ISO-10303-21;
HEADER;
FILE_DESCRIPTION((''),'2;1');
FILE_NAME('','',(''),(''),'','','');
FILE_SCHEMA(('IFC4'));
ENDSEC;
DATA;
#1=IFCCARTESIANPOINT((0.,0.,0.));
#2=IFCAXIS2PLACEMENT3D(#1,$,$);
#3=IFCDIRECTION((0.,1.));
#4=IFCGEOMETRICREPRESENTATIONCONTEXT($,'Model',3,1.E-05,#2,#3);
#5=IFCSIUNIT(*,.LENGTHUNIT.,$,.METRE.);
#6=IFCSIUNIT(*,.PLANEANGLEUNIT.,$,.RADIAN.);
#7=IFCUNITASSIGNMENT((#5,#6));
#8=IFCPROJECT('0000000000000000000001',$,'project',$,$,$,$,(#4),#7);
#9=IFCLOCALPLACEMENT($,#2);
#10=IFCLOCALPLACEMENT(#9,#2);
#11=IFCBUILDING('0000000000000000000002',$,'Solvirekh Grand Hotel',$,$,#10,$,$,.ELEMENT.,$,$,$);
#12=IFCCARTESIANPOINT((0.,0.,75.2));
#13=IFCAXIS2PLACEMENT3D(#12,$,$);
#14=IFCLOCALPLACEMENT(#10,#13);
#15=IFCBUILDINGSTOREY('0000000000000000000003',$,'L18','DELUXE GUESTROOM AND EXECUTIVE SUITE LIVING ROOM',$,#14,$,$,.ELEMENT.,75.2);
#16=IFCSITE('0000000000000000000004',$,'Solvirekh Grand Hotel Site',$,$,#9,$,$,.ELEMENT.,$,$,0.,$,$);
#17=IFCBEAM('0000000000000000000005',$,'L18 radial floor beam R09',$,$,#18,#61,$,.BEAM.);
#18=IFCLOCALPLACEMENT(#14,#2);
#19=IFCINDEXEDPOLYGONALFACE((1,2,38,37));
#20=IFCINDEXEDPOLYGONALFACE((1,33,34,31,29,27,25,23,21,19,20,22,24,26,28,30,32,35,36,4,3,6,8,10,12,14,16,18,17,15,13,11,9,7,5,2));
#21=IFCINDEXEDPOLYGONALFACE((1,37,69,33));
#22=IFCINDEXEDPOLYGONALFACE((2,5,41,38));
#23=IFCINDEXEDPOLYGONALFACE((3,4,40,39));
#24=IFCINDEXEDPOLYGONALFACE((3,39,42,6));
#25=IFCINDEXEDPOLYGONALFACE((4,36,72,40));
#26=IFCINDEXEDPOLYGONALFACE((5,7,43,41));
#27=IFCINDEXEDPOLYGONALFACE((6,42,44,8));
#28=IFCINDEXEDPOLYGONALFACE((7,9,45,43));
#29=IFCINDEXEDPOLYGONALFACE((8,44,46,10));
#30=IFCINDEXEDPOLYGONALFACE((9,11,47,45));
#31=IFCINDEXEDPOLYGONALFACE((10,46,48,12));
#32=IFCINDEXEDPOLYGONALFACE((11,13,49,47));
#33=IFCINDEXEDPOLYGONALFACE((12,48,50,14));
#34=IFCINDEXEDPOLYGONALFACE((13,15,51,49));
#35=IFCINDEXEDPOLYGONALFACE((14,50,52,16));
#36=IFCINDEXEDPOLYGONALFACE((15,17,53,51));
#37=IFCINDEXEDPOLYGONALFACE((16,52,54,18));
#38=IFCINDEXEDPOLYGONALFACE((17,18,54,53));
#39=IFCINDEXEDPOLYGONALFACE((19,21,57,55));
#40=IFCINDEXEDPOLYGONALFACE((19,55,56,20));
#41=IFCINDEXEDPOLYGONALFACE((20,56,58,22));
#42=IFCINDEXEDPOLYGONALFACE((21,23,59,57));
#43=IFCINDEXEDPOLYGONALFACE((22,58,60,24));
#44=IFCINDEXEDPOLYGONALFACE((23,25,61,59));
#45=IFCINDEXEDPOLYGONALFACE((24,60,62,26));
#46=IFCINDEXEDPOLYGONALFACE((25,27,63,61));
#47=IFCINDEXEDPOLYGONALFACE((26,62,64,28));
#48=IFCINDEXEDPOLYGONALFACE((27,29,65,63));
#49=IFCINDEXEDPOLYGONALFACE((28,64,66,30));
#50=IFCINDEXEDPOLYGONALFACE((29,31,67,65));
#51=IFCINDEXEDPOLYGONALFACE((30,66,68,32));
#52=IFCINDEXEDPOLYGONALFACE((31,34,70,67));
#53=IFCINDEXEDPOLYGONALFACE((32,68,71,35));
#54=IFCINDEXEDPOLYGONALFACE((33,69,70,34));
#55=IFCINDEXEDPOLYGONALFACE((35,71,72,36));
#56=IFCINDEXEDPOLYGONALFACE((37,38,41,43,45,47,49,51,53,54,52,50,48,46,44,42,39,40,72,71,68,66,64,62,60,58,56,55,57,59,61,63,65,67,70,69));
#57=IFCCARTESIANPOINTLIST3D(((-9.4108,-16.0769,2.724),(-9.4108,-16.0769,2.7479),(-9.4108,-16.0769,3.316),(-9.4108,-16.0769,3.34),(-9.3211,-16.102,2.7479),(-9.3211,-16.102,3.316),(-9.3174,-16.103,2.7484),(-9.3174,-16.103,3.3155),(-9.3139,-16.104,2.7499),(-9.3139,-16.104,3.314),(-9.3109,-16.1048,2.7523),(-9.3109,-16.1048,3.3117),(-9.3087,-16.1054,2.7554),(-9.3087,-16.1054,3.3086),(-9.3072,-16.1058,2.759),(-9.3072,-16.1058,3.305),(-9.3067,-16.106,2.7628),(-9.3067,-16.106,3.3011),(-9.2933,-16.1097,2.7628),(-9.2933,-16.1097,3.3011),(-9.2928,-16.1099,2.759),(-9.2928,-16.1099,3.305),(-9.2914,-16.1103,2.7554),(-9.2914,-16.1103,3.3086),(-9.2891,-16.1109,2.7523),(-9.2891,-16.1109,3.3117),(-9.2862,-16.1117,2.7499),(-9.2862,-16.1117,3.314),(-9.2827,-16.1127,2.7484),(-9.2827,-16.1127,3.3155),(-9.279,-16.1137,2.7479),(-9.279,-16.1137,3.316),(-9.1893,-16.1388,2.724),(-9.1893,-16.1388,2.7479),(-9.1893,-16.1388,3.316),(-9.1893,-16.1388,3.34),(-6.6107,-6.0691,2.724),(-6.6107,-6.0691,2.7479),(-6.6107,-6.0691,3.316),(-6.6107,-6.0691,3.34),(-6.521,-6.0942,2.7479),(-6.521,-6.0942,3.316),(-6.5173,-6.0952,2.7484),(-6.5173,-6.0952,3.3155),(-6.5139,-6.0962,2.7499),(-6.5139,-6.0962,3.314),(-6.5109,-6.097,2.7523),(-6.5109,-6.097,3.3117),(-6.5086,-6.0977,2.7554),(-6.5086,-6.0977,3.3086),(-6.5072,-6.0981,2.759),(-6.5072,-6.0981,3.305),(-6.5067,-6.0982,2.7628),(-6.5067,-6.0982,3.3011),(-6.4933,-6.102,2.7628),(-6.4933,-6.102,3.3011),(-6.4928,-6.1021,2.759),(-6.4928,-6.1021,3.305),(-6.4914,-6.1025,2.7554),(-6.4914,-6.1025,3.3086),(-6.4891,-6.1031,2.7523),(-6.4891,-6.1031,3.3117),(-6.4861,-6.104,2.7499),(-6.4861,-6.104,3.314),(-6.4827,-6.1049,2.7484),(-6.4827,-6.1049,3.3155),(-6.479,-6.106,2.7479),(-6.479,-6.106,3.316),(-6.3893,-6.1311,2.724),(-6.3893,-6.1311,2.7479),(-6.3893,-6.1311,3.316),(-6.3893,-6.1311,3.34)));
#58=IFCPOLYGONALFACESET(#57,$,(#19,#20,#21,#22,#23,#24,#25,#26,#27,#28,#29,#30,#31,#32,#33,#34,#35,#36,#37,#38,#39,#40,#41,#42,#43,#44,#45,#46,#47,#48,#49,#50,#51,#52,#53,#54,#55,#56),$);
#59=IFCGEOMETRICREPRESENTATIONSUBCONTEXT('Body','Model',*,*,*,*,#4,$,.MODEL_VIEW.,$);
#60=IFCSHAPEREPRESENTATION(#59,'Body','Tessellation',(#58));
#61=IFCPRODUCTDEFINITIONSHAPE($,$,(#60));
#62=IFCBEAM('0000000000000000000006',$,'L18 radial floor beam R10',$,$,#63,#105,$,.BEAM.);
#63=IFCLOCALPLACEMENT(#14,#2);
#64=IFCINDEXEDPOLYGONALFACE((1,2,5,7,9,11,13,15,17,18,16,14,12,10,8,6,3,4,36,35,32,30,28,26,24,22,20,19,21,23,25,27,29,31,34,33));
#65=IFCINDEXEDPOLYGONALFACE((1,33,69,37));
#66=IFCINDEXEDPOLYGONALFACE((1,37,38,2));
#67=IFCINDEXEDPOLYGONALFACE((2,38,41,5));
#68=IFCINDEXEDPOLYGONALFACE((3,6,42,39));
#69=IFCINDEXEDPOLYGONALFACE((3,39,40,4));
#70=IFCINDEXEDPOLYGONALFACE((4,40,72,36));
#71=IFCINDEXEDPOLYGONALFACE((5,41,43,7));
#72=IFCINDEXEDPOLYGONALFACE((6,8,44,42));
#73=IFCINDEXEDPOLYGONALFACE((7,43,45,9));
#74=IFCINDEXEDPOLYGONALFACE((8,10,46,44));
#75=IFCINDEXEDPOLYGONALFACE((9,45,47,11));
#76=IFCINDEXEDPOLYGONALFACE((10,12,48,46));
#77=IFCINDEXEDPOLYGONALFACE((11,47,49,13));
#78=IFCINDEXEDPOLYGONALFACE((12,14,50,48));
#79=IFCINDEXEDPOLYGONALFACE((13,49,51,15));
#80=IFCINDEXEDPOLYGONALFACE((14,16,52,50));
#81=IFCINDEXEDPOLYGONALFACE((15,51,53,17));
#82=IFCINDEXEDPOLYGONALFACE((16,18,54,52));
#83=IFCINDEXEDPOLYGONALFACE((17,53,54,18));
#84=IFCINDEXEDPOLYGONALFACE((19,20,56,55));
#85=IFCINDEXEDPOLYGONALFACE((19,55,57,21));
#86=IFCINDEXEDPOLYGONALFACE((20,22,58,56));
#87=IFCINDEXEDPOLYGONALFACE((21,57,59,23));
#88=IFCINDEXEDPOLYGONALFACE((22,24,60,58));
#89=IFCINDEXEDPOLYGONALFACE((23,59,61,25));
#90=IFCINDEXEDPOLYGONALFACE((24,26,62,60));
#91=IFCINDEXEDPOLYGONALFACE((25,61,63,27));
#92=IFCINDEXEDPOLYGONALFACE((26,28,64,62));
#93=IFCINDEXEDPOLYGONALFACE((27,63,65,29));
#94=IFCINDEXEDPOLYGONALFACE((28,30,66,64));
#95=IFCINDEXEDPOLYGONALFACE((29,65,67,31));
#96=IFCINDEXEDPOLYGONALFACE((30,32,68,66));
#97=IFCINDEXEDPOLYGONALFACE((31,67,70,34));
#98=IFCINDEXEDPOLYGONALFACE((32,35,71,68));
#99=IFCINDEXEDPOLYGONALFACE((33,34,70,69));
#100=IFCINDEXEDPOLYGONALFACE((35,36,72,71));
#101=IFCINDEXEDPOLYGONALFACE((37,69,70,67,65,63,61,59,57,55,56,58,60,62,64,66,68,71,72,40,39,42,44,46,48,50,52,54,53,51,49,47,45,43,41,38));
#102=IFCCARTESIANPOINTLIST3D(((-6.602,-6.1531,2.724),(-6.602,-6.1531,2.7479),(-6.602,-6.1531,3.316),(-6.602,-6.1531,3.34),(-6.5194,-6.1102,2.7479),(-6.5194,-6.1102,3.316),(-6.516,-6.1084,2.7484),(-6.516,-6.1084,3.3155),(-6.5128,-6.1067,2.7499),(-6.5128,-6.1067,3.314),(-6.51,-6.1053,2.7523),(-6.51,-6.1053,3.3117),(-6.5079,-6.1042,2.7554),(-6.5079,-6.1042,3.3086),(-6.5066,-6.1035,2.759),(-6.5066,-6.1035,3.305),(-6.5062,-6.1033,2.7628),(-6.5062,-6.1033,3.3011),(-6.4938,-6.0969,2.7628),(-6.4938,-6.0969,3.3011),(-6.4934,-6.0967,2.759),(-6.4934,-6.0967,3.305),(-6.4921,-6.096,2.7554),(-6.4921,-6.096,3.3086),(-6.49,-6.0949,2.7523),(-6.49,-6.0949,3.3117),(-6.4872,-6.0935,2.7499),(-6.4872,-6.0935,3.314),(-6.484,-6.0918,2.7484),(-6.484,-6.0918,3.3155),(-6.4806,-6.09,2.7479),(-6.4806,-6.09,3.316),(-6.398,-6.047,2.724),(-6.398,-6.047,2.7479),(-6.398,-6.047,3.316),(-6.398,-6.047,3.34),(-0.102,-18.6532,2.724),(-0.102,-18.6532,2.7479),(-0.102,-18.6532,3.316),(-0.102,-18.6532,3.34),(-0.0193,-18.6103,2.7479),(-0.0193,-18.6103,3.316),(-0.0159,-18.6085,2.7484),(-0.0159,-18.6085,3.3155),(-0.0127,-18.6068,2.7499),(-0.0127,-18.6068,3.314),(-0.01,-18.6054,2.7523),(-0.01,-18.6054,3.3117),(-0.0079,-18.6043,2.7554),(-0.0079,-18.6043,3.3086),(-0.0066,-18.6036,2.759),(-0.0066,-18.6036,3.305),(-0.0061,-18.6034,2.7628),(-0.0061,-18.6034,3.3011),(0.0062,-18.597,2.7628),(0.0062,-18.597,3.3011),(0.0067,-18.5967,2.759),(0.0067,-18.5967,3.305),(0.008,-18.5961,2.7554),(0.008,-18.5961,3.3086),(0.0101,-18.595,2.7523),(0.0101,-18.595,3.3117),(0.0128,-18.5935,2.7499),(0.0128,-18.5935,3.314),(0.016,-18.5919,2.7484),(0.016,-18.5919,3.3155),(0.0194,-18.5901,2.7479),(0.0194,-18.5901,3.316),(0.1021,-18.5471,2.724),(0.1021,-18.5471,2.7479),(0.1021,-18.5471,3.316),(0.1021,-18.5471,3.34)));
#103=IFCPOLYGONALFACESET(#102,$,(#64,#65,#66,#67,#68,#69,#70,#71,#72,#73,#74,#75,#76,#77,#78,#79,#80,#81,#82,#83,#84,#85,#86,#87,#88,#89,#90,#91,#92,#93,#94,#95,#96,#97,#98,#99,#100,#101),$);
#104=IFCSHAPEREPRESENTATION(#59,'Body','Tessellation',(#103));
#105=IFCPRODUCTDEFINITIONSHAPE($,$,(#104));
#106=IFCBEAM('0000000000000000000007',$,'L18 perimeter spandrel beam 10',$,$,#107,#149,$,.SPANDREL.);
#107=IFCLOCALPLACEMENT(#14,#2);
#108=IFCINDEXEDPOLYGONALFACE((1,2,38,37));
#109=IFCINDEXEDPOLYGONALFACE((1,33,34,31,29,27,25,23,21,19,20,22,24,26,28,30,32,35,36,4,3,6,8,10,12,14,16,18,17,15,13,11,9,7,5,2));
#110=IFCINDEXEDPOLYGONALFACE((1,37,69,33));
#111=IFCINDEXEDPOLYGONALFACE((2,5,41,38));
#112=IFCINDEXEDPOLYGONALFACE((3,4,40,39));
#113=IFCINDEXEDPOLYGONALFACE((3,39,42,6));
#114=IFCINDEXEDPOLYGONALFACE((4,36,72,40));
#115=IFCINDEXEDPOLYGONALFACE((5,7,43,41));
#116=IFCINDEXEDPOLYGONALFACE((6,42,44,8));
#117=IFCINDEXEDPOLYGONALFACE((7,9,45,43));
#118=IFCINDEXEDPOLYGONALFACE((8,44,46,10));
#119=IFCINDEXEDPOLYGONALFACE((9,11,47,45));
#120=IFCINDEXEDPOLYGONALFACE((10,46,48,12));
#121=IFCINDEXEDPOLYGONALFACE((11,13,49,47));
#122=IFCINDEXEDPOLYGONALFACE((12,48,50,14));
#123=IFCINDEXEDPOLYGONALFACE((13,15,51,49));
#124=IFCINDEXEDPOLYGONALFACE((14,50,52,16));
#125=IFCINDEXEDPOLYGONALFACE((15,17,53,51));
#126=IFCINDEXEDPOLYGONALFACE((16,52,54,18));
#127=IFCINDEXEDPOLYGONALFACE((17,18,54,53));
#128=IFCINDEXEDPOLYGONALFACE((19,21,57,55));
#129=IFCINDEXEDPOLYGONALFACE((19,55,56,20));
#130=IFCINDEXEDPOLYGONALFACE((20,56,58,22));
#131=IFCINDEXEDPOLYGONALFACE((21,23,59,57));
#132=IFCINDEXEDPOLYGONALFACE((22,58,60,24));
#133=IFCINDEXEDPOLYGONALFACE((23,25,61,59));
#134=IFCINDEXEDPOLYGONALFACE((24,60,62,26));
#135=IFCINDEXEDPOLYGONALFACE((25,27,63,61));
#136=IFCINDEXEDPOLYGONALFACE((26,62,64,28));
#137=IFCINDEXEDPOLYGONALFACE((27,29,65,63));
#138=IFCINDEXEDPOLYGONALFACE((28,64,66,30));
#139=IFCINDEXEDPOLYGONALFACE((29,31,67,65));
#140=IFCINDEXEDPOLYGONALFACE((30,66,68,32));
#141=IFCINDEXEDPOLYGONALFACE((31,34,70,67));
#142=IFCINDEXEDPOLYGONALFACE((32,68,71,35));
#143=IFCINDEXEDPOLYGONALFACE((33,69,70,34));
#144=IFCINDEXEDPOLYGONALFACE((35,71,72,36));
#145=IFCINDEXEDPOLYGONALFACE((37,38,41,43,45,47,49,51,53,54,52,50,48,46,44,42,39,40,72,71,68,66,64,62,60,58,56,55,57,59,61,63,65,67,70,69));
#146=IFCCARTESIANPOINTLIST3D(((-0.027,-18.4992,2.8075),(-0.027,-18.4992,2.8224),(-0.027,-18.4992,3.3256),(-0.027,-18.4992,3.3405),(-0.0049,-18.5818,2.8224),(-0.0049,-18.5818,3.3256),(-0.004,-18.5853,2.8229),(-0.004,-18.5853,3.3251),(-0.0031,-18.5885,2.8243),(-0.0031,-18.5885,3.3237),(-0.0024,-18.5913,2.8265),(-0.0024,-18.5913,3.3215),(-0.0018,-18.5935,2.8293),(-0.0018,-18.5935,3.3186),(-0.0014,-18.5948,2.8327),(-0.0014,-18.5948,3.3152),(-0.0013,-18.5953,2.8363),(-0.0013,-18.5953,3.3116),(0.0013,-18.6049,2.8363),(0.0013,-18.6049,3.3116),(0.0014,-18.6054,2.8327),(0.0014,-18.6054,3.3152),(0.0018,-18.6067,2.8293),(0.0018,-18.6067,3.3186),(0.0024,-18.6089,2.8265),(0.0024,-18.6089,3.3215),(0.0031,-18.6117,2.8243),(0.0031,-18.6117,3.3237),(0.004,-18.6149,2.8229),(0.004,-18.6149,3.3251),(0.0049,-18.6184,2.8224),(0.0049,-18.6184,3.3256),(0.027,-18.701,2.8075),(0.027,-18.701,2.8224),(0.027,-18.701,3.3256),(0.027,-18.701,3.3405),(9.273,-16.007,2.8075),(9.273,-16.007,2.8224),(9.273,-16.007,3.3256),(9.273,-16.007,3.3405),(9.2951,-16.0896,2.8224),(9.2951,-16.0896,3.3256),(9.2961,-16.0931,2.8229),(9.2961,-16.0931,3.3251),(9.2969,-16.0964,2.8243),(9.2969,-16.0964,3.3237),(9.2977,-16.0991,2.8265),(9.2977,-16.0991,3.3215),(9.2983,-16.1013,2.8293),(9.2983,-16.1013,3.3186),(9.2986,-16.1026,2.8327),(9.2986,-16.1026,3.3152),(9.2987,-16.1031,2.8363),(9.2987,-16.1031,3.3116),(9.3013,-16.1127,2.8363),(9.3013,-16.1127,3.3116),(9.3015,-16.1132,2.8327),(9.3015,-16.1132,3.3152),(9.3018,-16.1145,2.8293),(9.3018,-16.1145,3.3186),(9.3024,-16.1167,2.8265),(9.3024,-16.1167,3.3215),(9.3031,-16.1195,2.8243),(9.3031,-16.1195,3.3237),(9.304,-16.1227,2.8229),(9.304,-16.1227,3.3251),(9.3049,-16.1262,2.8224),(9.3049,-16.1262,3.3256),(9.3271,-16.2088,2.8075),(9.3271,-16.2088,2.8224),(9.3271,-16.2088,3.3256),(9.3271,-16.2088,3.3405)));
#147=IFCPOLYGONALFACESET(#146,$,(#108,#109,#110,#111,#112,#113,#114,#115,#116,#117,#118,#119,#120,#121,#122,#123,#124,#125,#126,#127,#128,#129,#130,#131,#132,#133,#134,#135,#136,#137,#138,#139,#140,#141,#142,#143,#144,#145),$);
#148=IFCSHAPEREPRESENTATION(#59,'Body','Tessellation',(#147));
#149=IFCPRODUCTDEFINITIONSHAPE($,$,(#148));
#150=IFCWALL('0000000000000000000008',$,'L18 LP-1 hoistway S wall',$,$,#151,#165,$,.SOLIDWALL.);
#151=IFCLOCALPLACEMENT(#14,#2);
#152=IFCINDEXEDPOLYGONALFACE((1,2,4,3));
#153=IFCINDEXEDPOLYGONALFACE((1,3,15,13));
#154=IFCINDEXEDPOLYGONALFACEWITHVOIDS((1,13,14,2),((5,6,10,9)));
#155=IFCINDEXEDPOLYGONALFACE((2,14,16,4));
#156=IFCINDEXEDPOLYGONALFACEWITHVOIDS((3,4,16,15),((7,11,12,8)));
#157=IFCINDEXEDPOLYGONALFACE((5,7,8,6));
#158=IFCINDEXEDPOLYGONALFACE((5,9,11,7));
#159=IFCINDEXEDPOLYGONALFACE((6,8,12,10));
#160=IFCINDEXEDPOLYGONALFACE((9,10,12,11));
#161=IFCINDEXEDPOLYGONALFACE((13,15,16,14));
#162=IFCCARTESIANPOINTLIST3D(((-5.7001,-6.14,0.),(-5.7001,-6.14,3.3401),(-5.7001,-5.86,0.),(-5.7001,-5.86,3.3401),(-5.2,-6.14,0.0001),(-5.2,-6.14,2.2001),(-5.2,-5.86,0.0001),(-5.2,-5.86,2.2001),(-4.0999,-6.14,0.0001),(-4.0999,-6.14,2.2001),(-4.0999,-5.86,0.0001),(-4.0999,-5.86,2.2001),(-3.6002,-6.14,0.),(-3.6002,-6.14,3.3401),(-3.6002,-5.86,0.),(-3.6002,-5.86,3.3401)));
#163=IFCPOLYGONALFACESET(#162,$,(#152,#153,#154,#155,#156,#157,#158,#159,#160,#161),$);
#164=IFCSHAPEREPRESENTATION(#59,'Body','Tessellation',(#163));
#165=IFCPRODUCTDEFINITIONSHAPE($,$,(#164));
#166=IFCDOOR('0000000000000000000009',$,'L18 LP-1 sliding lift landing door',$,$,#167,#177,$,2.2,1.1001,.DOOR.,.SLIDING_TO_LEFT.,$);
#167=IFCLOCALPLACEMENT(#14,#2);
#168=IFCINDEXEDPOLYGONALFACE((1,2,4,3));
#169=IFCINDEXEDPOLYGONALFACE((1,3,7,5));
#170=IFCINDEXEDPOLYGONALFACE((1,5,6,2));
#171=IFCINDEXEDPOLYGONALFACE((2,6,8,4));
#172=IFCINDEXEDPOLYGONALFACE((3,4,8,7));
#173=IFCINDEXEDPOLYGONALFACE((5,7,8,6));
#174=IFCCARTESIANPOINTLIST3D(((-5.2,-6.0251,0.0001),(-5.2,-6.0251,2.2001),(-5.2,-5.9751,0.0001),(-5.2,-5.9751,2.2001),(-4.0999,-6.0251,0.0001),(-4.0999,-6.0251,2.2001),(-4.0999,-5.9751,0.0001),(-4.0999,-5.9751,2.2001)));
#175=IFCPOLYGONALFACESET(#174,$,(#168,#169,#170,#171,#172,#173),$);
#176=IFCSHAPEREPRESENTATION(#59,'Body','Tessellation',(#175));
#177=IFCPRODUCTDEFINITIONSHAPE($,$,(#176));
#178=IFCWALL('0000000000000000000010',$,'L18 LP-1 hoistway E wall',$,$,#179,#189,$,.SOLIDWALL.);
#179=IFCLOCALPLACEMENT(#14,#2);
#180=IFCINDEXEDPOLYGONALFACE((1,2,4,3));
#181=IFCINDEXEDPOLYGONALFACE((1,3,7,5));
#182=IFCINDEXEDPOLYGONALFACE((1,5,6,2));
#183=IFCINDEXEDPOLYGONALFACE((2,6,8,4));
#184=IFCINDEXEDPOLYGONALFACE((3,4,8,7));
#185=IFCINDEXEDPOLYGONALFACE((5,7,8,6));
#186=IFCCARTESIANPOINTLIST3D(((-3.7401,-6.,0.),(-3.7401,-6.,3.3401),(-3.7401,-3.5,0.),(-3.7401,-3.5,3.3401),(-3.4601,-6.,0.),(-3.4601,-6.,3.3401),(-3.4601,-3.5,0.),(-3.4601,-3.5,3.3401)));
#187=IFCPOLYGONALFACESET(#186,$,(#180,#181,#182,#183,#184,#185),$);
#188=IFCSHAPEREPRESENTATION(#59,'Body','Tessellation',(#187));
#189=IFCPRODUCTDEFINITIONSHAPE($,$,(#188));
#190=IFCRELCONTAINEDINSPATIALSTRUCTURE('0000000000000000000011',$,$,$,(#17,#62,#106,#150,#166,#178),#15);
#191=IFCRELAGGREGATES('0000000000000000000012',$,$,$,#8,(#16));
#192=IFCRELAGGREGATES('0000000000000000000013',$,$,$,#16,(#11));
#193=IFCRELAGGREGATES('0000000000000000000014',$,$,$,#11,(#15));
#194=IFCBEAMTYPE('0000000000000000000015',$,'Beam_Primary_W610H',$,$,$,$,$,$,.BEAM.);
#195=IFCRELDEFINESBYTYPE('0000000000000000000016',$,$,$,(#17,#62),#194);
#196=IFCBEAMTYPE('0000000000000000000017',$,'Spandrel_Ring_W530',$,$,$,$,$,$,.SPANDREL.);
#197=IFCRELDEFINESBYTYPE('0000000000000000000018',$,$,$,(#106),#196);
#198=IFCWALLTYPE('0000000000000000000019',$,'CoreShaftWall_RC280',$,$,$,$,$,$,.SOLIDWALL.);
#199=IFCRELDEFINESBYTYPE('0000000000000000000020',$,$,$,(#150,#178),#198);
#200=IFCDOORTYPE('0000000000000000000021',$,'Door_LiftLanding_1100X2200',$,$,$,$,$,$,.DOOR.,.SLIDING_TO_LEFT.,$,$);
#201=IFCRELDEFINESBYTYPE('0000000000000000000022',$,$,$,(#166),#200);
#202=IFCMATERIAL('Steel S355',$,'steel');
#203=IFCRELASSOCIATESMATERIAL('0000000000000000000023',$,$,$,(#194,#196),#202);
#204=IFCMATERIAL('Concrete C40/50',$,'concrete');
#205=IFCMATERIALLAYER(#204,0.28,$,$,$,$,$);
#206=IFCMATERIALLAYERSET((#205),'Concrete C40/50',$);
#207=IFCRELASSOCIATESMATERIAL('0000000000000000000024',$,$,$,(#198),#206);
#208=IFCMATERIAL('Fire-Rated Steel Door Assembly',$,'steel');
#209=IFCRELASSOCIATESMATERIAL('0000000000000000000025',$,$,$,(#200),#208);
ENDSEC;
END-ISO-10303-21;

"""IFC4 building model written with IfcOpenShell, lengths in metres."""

from ifc_helpers import new_model, si_unit, direction, frame, frame_2d, origin, origin_2d, place, context, subcontext, project, spatial, rectangle, i_section, extrude, material, layer, layer_set, material_profile, profile_set, type_object, element, fill, save


model = new_model("IFC4")

# Units and contexts
model_context = context("Model", 3, precision=1e-05, world=origin(), true_north=direction((0.0, 1.0)))
body_context = subcontext(model_context, "Body", "Model", "MODEL_VIEW")
ifc_project = project(units=[si_unit("LENGTHUNIT", "METRE"), si_unit("PLANEANGLEUNIT", "RADIAN")], contexts=[model_context])

# Site, building, storey
site_placement = place(None, origin())
site = spatial("IfcSite", under=ifc_project, at=site_placement, Name="Solvirekh Grand Hotel Site", CompositionType="ELEMENT", RefElevation=0.0)
building_placement = place(site_placement, origin())
building = spatial("IfcBuilding", under=site, at=building_placement, Name="Solvirekh Grand Hotel", CompositionType="ELEMENT")
storey_placement = place(building_placement, frame((0.0, 0.0, 75.2)))
storey = spatial("IfcBuildingStorey", under=building, at=storey_placement, Name="L18", Description="DELUXE GUESTROOM AND EXECUTIVE SUITE LIVING ROOM", CompositionType="ELEMENT", Elevation=75.2)

# Beams
ifc_material_1 = material(Name="Steel S355", Category="steel")
ifc_material_profile_1 = material_profile(ifc_material_1, i_section(OverallWidth=0.23, OverallDepth=0.616, WebThickness=0.0139, FlangeThickness=0.0239, FilletRadius=0.0149, at=origin_2d()), Name="W610X174")
ifc_profile_set_1 = profile_set([ifc_material_profile_1], Name="Steel S355")
beam_type_1 = type_object("IfcBeamType", Name="Beam_Primary_W610H", PredefinedType="BEAM", material=ifc_profile_set_1)
beam_1_placement = place(storey_placement, frame((-6.5, -6.1001, 3.032), z_axis=(-0.269439, -0.963017, 0.0), x_axis=(0.963017, -0.269439, 0.0)))
element("IfcBeam", 1, at=beam_1_placement, inside=storey, type_object=beam_type_1, Name="L18 radial floor beam R09", PredefinedType="BEAM", context=body_context, shape_type="SweptSolid", body=[
    extrude(i_section(OverallWidth=0.23, OverallDepth=0.616, WebThickness=0.0139, FlangeThickness=0.0239, FilletRadius=0.0149, at=origin_2d()), origin(), (0.0, 0.0, 1.0), 10.3921),
])
beam_2_placement = place(storey_placement, frame((-6.5, -6.1001, 3.032), z_axis=(0.461353, -0.887217, 0.0), x_axis=(0.887217, 0.461353, 0.0)))
element("IfcBeam", 2, at=beam_2_placement, inside=storey, type_object=beam_type_1, Name="L18 radial floor beam R10", PredefinedType="BEAM", context=body_context, shape_type="SweptSolid", body=[
    extrude(i_section(OverallWidth=0.23, OverallDepth=0.616, WebThickness=0.0139, FlangeThickness=0.0239, FilletRadius=0.0149, at=origin_2d()), origin(), (0.0, 0.0, 1.0), 14.0891),
])
ifc_material_profile_2 = material_profile(ifc_material_1, i_section(OverallWidth=0.209, OverallDepth=0.533, WebThickness=0.01, FlangeThickness=0.0149, FilletRadius=0.0139, at=origin_2d()), Name="W530X92")
ifc_profile_set_2 = profile_set([ifc_material_profile_2], Name="Steel S355")
beam_type_2 = type_object("IfcBeamType", Name="Spandrel_Ring_W530", PredefinedType="SPANDREL", material=ifc_profile_set_2)
beam_3_placement = place(storey_placement, frame((0.0, -18.6001, 3.074), z_axis=(0.965919, 0.258843, 0.0), x_axis=(-0.258843, 0.965919, 0.0)))
element("IfcBeam", 3, at=beam_3_placement, inside=storey, type_object=beam_type_2, Name="L18 perimeter spandrel beam 10", PredefinedType="SPANDREL", context=body_context, shape_type="SweptSolid", body=[
    extrude(i_section(OverallWidth=0.209, OverallDepth=0.533, WebThickness=0.01, FlangeThickness=0.0149, FilletRadius=0.0139, at=origin_2d()), origin(), (0.0, 0.0, 1.0), 9.6282),
])

# Wall, opening, door
ifc_material_2 = material(Name="Concrete C40/50", Category="concrete")
ifc_layer_1 = layer(ifc_material_2, 0.28)
ifc_layer_set_1 = layer_set([ifc_layer_1], Name="Concrete C40/50")
wall_type_1 = type_object("IfcWallType", Name="CoreShaftWall_RC280", PredefinedType="SOLIDWALL", material=ifc_layer_set_1)
wall_1_placement = place(storey_placement, frame((-5.7, -6.0, 0.0), z_axis=(0.0, 0.0, 1.0), x_axis=(1.0, 0.0, 0.0)))
wall_1 = element("IfcWall", 4, at=wall_1_placement, inside=storey, type_object=wall_type_1, Name="L18 LP-1 hoistway S wall", PredefinedType="SOLIDWALL", context=body_context, shape_type="SweptSolid", body=[
    extrude(rectangle(XDim=2.0999, YDim=0.28, at=frame_2d((1.0498, 0.0))), origin(), (0.0, 0.0, 1.0), 3.3401),
])
opening_1_placement = place(wall_1_placement, frame((0.5, 0.0, 0.0)))
opening_1 = element("IfcOpeningElement", 5, at=opening_1_placement, cuts=wall_1, PredefinedType="OPENING", context=body_context, shape_type="SweptSolid", body=[
    extrude(rectangle(XDim=1.1001, YDim=2.2, at=frame_2d((0.55, 1.1001))), frame((0.0, 0.1499, 0.0), z_axis=(0.0, -1.0, 0.0), x_axis=(1.0, 0.0, 0.0)), (0.0, 0.0, 1.0), 0.3),
])
ifc_material_3 = material(Name="Fire-Rated Steel Door Assembly", Category="steel")
door_type_1 = type_object("IfcDoorType", Name="Door_LiftLanding_1100X2200", OperationType="SLIDING_TO_LEFT", PredefinedType="DOOR", material=ifc_material_3)
door_1_placement = place(opening_1_placement, origin())
door_1 = element("IfcDoor", 6, at=door_1_placement, inside=storey, type_object=door_type_1, Name="L18 LP-1 sliding lift landing door", OperationType="SLIDING_TO_LEFT", OverallHeight=2.2, OverallWidth=1.1001, PredefinedType="DOOR", context=body_context, shape_type="SweptSolid", body=[
    extrude(rectangle(XDim=1.1001, YDim=2.2, at=frame_2d((0.55, 1.1001))), frame((0.0, 0.0249, 0.0), z_axis=(0.0, -1.0, 0.0), x_axis=(1.0, 0.0, 0.0)), (0.0, 0.0, 1.0), 0.05),
])
fill(opening_1, door_1)

# Wall
wall_2_placement = place(storey_placement, frame((-3.6001, -6.0, 0.0), z_axis=(0.0, 0.0, 1.0), x_axis=(0.0, 1.0, 0.0)))
element("IfcWall", 7, at=wall_2_placement, inside=storey, type_object=wall_type_1, Name="L18 LP-1 hoistway E wall", PredefinedType="SOLIDWALL", context=body_context, shape_type="SweptSolid", body=[
    extrude(rectangle(XDim=2.5, YDim=0.28, at=frame_2d((1.25, 0.0))), origin(), (0.0, 0.0, 1.0), 3.3401),
])

save(model, "model.ifc")
